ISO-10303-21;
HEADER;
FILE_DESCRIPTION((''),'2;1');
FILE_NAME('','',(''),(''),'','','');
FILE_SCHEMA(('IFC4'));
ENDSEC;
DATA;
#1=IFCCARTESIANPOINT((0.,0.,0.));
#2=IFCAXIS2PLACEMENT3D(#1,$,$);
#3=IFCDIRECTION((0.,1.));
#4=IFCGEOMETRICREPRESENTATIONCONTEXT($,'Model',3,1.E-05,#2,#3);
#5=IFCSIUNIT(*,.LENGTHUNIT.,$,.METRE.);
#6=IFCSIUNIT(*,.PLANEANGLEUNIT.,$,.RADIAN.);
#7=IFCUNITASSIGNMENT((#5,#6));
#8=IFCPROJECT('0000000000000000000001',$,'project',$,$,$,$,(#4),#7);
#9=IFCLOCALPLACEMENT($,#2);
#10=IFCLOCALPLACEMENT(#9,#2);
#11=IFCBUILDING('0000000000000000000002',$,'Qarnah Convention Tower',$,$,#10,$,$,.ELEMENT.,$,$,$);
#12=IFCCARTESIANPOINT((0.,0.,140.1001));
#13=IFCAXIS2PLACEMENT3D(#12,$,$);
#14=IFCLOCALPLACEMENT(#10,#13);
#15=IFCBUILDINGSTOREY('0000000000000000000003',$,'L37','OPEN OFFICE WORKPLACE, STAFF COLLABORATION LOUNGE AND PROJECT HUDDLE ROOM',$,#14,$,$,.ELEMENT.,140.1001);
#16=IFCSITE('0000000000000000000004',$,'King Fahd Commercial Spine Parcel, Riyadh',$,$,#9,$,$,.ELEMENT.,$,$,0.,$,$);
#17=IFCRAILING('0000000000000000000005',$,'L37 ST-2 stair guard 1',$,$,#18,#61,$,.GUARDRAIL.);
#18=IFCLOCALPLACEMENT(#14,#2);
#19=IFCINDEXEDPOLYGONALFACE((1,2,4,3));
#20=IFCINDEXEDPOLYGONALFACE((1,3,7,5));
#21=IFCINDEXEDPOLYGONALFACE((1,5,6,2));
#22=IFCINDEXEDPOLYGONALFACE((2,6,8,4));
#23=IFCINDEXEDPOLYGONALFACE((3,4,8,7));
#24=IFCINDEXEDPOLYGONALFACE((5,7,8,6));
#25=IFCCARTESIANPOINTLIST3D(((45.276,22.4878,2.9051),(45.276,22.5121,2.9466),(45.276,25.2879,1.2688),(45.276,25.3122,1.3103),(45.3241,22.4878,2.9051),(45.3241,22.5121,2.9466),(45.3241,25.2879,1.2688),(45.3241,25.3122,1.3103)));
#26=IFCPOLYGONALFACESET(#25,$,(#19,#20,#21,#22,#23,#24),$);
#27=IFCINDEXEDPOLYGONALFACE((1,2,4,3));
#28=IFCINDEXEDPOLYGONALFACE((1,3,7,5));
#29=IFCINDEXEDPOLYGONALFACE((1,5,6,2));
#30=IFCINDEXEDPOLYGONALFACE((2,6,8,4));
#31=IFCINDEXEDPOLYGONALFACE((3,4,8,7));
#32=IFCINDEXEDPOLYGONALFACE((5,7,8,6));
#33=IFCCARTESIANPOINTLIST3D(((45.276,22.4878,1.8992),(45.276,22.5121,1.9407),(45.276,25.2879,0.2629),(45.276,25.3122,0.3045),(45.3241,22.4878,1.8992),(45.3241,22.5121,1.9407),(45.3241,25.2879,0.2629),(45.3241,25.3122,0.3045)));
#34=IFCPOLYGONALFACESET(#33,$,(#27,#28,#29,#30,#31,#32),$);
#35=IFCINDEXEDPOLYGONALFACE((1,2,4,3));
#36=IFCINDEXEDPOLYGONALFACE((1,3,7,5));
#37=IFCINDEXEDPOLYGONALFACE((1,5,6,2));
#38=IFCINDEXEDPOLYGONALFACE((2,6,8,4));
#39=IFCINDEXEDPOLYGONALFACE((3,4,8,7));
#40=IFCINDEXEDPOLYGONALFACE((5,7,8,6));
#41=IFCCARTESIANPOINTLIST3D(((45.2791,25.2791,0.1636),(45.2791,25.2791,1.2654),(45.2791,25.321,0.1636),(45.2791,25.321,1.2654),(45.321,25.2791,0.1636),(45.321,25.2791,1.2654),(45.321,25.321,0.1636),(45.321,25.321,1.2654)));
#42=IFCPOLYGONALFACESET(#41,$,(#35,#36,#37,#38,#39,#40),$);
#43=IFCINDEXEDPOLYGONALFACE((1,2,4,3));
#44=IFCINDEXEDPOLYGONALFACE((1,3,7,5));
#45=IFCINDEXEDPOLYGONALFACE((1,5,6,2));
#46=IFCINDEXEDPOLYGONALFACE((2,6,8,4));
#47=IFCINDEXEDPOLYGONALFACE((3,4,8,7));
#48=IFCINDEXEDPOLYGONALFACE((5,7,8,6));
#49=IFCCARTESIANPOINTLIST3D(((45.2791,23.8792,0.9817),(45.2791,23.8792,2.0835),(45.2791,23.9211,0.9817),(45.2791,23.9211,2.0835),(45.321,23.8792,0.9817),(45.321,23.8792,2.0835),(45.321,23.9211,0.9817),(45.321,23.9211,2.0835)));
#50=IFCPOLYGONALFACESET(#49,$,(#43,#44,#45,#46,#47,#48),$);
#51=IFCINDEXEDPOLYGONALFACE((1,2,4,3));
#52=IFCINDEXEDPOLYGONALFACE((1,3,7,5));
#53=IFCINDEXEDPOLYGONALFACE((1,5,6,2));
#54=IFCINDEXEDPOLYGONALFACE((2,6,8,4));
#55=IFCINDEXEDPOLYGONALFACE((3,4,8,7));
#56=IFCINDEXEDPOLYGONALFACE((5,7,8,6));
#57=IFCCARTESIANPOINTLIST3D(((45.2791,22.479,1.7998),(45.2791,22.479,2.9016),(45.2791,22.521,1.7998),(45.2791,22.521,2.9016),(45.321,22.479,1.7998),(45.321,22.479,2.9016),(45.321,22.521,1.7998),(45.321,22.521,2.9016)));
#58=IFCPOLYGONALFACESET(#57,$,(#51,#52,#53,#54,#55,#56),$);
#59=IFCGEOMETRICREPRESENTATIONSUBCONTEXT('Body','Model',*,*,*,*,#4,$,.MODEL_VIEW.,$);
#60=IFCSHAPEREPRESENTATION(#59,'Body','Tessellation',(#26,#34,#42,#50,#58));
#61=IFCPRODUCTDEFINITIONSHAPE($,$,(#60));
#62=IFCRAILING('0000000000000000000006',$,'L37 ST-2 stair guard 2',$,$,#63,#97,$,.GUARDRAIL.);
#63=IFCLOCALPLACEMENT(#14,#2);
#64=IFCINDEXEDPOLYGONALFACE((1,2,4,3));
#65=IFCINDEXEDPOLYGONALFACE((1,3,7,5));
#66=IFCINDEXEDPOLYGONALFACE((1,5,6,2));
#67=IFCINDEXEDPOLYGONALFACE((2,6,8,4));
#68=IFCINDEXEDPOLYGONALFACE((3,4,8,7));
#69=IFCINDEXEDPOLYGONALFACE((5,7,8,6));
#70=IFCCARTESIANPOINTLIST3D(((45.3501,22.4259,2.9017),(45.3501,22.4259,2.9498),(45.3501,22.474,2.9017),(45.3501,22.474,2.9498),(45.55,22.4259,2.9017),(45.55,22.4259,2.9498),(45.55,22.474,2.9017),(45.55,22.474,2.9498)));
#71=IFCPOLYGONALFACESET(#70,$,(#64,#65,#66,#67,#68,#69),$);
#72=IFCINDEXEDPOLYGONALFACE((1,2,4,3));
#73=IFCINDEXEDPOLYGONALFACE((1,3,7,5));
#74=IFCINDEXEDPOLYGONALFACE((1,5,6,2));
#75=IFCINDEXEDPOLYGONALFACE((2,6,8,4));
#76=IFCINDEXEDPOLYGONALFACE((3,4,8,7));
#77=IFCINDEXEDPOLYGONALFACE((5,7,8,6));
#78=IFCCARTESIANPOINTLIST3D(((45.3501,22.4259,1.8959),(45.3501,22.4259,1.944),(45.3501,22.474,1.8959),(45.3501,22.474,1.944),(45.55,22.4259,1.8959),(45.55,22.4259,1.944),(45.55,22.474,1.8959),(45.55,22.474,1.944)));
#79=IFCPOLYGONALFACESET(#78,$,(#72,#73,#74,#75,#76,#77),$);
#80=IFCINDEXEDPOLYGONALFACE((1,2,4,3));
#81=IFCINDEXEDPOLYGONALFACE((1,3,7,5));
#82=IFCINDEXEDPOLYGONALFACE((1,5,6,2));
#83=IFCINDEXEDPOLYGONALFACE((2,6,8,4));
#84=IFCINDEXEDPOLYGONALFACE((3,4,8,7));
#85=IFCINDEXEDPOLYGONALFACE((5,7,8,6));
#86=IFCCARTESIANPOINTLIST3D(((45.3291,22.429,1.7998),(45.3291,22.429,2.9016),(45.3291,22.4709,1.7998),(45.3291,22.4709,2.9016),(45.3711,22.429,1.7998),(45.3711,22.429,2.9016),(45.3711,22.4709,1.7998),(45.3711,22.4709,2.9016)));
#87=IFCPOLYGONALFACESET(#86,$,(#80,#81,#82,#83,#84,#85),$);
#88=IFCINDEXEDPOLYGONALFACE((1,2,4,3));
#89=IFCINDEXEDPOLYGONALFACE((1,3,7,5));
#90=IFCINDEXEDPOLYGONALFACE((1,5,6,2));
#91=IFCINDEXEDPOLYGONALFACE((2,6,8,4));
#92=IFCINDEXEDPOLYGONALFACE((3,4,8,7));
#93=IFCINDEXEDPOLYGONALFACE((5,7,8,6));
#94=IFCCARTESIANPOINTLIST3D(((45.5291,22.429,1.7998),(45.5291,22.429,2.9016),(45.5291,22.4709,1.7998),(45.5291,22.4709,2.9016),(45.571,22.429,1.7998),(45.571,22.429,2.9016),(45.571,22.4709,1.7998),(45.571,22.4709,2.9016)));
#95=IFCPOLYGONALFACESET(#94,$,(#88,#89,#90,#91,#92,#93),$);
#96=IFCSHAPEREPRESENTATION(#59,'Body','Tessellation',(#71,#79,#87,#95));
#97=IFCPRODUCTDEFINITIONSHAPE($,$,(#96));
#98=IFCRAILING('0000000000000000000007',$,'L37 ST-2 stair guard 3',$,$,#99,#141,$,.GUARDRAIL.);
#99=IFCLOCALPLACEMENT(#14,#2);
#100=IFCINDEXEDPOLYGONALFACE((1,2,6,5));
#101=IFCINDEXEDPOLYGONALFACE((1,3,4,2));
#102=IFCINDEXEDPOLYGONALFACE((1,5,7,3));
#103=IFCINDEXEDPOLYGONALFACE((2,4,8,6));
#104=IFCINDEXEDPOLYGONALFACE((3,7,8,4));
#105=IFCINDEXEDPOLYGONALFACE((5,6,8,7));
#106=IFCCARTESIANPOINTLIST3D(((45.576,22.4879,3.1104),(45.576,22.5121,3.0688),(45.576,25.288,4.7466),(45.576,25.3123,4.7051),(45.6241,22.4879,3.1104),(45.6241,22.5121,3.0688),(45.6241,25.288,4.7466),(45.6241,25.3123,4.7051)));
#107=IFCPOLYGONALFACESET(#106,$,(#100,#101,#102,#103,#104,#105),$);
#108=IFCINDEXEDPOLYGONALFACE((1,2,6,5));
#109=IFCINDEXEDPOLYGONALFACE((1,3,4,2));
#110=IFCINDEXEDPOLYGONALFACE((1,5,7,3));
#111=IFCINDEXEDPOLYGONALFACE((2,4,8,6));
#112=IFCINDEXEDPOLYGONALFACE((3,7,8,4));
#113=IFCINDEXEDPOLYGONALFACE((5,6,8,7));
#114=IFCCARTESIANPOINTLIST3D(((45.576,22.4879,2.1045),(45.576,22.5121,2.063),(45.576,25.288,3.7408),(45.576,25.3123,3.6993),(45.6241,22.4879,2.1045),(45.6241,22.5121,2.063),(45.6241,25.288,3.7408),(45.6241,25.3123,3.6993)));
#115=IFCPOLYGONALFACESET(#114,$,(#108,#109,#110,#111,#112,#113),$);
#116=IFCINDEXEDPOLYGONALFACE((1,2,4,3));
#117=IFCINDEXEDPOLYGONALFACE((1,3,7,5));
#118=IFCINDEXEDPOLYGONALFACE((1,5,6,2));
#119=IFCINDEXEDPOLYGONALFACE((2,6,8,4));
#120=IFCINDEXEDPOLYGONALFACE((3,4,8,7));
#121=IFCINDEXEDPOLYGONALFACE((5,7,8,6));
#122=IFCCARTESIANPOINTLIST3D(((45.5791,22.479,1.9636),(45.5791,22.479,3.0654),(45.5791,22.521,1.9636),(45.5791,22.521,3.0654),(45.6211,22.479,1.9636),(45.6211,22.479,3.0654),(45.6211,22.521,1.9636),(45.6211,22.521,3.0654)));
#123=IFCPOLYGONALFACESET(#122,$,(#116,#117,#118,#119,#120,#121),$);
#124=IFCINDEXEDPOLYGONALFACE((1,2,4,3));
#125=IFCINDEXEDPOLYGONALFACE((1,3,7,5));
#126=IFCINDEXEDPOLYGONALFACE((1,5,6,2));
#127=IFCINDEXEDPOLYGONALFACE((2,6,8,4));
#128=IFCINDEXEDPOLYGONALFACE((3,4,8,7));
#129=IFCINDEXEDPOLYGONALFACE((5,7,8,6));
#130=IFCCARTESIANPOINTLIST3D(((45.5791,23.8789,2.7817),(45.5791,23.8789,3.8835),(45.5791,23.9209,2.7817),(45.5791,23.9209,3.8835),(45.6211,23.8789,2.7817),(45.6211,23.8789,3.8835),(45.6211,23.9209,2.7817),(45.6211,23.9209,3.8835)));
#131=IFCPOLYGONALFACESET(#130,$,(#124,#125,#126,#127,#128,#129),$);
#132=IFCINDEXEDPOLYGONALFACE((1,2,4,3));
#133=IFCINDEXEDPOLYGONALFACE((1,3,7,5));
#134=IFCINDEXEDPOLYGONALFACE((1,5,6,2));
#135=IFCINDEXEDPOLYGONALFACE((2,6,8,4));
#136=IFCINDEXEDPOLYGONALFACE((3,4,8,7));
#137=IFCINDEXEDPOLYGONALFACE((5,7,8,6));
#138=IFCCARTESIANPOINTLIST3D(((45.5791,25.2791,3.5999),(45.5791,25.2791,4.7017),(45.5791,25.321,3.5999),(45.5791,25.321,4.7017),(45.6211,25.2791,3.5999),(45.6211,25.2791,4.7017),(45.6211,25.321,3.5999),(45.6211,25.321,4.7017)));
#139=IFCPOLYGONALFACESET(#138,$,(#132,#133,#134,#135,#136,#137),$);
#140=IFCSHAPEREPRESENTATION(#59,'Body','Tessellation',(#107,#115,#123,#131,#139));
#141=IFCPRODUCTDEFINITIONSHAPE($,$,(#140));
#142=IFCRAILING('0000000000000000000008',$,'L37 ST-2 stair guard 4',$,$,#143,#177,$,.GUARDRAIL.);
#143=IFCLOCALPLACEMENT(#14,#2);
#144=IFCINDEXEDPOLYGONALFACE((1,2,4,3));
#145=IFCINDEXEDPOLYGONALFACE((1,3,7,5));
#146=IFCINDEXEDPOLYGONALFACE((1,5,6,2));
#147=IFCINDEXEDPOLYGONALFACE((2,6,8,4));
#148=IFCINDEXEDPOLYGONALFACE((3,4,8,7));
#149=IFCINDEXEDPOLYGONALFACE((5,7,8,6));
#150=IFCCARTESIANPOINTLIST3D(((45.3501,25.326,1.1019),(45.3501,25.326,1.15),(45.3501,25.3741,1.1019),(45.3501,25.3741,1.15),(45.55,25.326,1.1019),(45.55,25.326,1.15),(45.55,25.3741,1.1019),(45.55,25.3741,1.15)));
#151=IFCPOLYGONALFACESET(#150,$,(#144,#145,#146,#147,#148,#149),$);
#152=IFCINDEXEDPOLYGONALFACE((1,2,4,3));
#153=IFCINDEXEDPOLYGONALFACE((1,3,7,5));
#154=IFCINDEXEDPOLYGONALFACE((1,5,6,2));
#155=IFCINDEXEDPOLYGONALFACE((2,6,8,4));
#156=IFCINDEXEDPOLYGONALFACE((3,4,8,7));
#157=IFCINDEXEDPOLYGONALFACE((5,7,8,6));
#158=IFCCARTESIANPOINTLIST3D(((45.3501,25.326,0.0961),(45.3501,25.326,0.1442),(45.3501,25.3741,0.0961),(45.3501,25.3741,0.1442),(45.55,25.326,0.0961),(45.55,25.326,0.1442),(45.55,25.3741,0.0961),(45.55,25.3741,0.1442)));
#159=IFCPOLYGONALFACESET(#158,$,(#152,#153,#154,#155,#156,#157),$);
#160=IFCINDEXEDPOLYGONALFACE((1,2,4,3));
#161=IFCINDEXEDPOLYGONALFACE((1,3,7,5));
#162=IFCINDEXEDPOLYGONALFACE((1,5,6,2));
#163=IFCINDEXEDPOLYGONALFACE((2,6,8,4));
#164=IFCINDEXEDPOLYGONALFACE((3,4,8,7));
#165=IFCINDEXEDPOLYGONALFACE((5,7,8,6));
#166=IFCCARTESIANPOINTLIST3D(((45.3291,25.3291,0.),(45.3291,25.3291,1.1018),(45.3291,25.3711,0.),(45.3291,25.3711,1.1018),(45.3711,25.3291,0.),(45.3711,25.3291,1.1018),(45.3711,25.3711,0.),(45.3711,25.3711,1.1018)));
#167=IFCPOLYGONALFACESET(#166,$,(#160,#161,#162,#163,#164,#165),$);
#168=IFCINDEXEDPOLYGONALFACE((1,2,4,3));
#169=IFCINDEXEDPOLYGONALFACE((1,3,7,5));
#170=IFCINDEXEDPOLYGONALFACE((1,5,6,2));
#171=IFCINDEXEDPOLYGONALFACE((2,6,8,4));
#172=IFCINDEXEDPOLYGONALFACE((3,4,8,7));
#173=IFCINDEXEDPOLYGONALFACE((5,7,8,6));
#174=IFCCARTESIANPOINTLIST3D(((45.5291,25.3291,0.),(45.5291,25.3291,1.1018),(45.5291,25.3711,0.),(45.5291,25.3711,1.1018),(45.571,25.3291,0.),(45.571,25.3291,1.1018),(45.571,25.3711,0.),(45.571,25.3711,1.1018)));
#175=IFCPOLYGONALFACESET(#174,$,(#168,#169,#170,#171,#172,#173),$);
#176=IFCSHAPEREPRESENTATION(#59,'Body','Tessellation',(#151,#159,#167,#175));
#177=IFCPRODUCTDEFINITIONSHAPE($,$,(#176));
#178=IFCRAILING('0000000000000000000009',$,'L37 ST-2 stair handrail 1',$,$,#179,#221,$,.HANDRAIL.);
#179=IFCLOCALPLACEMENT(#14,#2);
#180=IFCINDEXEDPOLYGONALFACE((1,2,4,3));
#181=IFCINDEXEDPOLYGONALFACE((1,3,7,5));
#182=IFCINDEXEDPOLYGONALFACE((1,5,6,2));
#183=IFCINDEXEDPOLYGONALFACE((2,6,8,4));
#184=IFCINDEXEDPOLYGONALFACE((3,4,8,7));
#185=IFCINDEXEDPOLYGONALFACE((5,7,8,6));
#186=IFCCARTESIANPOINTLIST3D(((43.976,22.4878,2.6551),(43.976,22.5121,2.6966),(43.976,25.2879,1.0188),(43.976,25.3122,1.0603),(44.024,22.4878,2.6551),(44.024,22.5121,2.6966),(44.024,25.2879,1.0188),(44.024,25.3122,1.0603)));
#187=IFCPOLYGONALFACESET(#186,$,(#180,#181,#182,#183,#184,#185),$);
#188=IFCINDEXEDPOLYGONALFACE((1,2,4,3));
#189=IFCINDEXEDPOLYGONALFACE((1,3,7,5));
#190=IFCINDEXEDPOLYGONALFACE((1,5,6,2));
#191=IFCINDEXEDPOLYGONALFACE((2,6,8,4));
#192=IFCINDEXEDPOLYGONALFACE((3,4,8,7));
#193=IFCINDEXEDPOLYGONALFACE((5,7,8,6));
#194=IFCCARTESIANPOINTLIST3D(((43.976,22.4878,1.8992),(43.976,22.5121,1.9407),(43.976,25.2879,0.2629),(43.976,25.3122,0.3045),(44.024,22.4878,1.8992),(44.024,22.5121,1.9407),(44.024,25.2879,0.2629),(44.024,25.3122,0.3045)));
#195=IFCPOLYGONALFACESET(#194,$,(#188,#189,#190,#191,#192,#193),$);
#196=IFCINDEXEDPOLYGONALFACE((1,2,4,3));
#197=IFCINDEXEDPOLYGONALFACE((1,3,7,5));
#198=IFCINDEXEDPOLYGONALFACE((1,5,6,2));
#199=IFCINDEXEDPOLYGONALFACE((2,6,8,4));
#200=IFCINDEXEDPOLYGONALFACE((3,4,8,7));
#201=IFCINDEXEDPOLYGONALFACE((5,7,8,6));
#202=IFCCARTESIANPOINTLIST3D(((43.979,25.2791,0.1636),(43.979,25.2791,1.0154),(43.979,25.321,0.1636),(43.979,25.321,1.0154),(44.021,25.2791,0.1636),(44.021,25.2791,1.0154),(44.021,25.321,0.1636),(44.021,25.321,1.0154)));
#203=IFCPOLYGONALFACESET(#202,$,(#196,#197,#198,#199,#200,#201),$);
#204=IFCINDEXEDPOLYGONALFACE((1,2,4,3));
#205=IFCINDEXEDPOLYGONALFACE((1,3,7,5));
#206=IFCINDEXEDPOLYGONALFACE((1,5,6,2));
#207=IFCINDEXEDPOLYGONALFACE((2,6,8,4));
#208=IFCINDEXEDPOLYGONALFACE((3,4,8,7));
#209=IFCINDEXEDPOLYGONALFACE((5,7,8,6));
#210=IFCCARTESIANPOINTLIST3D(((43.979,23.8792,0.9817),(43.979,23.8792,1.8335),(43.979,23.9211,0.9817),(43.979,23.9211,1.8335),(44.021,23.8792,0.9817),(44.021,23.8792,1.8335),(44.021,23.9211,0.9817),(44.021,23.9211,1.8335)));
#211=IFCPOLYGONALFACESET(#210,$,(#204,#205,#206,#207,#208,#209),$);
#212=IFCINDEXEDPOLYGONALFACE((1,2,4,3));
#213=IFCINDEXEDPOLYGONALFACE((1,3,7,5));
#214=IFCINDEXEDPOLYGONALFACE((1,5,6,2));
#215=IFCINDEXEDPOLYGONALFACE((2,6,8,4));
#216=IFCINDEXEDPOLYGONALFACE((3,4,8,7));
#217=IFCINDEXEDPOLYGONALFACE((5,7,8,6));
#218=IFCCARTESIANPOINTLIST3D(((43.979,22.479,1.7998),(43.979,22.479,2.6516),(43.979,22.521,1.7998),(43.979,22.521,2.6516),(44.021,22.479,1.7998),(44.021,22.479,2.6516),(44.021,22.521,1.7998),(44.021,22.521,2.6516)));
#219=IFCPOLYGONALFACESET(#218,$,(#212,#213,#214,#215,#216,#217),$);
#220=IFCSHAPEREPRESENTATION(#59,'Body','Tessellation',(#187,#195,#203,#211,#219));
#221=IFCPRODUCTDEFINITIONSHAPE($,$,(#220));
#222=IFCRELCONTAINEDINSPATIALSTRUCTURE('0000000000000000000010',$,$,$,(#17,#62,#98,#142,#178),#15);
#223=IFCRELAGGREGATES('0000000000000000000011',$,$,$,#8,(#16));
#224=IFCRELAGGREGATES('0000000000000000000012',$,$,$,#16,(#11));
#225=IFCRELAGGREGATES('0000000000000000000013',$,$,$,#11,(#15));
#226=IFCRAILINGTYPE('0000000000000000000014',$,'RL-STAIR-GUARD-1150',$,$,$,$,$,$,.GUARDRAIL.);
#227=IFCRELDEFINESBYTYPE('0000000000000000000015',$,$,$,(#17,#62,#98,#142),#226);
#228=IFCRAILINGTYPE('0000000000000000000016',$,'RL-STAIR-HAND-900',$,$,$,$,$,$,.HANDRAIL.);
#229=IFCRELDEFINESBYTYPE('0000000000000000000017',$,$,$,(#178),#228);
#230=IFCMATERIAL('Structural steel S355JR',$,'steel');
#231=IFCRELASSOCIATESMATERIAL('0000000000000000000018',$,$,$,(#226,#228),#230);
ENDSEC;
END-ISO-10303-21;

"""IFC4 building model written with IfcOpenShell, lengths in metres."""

from ifc_helpers import new_model, si_unit, direction, frame, origin, origin_2d, place, context, subcontext, project, spatial, rectangle, extrude, material, type_object, element, save


model = new_model("IFC4")

# Units and contexts
model_context = context("Model", 3, precision=1e-05, world=origin(), true_north=direction((0.0, 1.0)))
body_context = subcontext(model_context, "Body", "Model", "MODEL_VIEW")
ifc_project = project(units=[si_unit("LENGTHUNIT", "METRE"), si_unit("PLANEANGLEUNIT", "RADIAN")], contexts=[model_context])

# Site, building, storey
site_placement = place(None, origin())
site = spatial("IfcSite", under=ifc_project, at=site_placement, Name="King Fahd Commercial Spine Parcel, Riyadh", CompositionType="ELEMENT", RefElevation=0.0)
building_placement = place(site_placement, origin())
building = spatial("IfcBuilding", under=site, at=building_placement, Name="Qarnah Convention Tower", CompositionType="ELEMENT")
storey_placement = place(building_placement, frame((0.0, 0.0, 140.1001)))
storey = spatial("IfcBuildingStorey", under=building, at=storey_placement, Name="L37", Description="OPEN OFFICE WORKPLACE, STAFF COLLABORATION LOUNGE AND PROJECT HUDDLE ROOM", CompositionType="ELEMENT", Elevation=140.1001)

# Shared definitions
ifc_material_1 = material(Name="Structural steel S355JR", Category="steel")

# Railings
railing_type_1 = type_object("IfcRailingType", Name="RL-STAIR-GUARD-1150", PredefinedType="GUARDRAIL", material=ifc_material_1)
railing_1_placement = place(storey_placement, frame((45.3, 25.3, 0.1636)))
element("IfcRailing", 1, at=railing_1_placement, inside=storey, type_object=railing_type_1, Name="L37 ST-2 stair guard 1", PredefinedType="GUARDRAIL", context=body_context, shape_type="SweptSolid", body=[
    extrude(rectangle(XDim=0.0481, YDim=0.0481, at=origin_2d()), frame((0.0, 0.0, 1.126), z_axis=(0.0, -0.863394, 0.504531), x_axis=(1.0, 0.0, 0.0)), (0.0, 0.0, 1.0), 3.2432),
    extrude(rectangle(XDim=0.0481, YDim=0.0481, at=origin_2d()), frame((0.0, 0.0, 0.1201), z_axis=(0.0, -0.863394, 0.504531), x_axis=(1.0, 0.0, 0.0)), (0.0, 0.0, 1.0), 3.2432),
    extrude(rectangle(XDim=0.042, YDim=0.042, at=origin_2d()), origin(), (0.0, 0.0, 1.0), 1.1018),
    extrude(rectangle(XDim=0.042, YDim=0.042, at=origin_2d()), frame((0.0, -1.3999, 0.8181)), (0.0, 0.0, 1.0), 1.1018),
    extrude(rectangle(XDim=0.042, YDim=0.042, at=origin_2d()), frame((0.0, -2.8, 1.6362)), (0.0, 0.0, 1.0), 1.1018),
])
railing_2_placement = place(storey_placement, frame((45.3501, 22.45, 1.7998)))
element("IfcRailing", 2, at=railing_2_placement, inside=storey, type_object=railing_type_1, Name="L37 ST-2 stair guard 2", PredefinedType="GUARDRAIL", context=body_context, shape_type="SweptSolid", body=[
    extrude(rectangle(XDim=0.0481, YDim=0.0481, at=origin_2d()), frame((0.0, 0.0, 1.126), z_axis=(1.0, 0.0, 0.0), x_axis=(0.0, 1.0, 0.0)), (0.0, 0.0, 1.0), 0.2),
    extrude(rectangle(XDim=0.0481, YDim=0.0481, at=origin_2d()), frame((0.0, 0.0, 0.1201), z_axis=(1.0, 0.0, 0.0), x_axis=(0.0, 1.0, 0.0)), (0.0, 0.0, 1.0), 0.2),
    extrude(rectangle(XDim=0.042, YDim=0.042, at=origin_2d()), origin(), (0.0, 0.0, 1.0), 1.1018),
    extrude(rectangle(XDim=0.042, YDim=0.042, at=origin_2d()), frame((0.2, 0.0, 0.0)), (0.0, 0.0, 1.0), 1.1018),
])
railing_3_placement = place(storey_placement, frame((45.6001, 22.5, 1.9636)))
element("IfcRailing", 3, at=railing_3_placement, inside=storey, type_object=railing_type_1, Name="L37 ST-2 stair guard 3", PredefinedType="GUARDRAIL", context=body_context, shape_type="SweptSolid", body=[
    extrude(rectangle(XDim=0.0481, YDim=0.0481, at=origin_2d()), frame((0.0, 0.0, 1.126), z_axis=(0.0, 0.863394, 0.504531), x_axis=(-1.0, 0.0, 0.0)), (0.0, 0.0, 1.0), 3.2432),
    extrude(rectangle(XDim=0.0481, YDim=0.0481, at=origin_2d()), frame((0.0, 0.0, 0.1201), z_axis=(0.0, 0.863394, 0.504531), x_axis=(-1.0, 0.0, 0.0)), (0.0, 0.0, 1.0), 3.2432),
    extrude(rectangle(XDim=0.042, YDim=0.042, at=origin_2d()), origin(), (0.0, 0.0, 1.0), 1.1018),
    extrude(rectangle(XDim=0.042, YDim=0.042, at=origin_2d()), frame((0.0, 1.3999, 0.8181)), (0.0, 0.0, 1.0), 1.1018),
    extrude(rectangle(XDim=0.042, YDim=0.042, at=origin_2d()), frame((0.0, 2.8, 1.6362)), (0.0, 0.0, 1.0), 1.1018),
])
railing_4_placement = place(storey_placement, frame((45.3501, 25.3501, 0.0)))
element("IfcRailing", 4, at=railing_4_placement, inside=storey, type_object=railing_type_1, Name="L37 ST-2 stair guard 4", PredefinedType="GUARDRAIL", context=body_context, shape_type="SweptSolid", body=[
    extrude(rectangle(XDim=0.0481, YDim=0.0481, at=origin_2d()), frame((0.0, 0.0, 1.126), z_axis=(1.0, 0.0, 0.0), x_axis=(0.0, 1.0, 0.0)), (0.0, 0.0, 1.0), 0.2),
    extrude(rectangle(XDim=0.0481, YDim=0.0481, at=origin_2d()), frame((0.0, 0.0, 0.1201), z_axis=(1.0, 0.0, 0.0), x_axis=(0.0, 1.0, 0.0)), (0.0, 0.0, 1.0), 0.2),
    extrude(rectangle(XDim=0.042, YDim=0.042, at=origin_2d()), origin(), (0.0, 0.0, 1.0), 1.1018),
    extrude(rectangle(XDim=0.042, YDim=0.042, at=origin_2d()), frame((0.2, 0.0, 0.0)), (0.0, 0.0, 1.0), 1.1018),
])
railing_type_2 = type_object("IfcRailingType", Name="RL-STAIR-HAND-900", PredefinedType="HANDRAIL", material=ifc_material_1)
railing_5_placement = place(storey_placement, frame((44.0, 25.3, 0.1636)))
element("IfcRailing", 5, at=railing_5_placement, inside=storey, type_object=railing_type_2, Name="L37 ST-2 stair handrail 1", PredefinedType="HANDRAIL", context=body_context, shape_type="SweptSolid", body=[
    extrude(rectangle(XDim=0.0481, YDim=0.0481, at=origin_2d()), frame((0.0, 0.0, 0.876), z_axis=(0.0, -0.863394, 0.504531), x_axis=(1.0, 0.0, 0.0)), (0.0, 0.0, 1.0), 3.2432),
    extrude(rectangle(XDim=0.0481, YDim=0.0481, at=origin_2d()), frame((0.0, 0.0, 0.1201), z_axis=(0.0, -0.863394, 0.504531), x_axis=(1.0, 0.0, 0.0)), (0.0, 0.0, 1.0), 3.2432),
    extrude(rectangle(XDim=0.042, YDim=0.042, at=origin_2d()), origin(), (0.0, 0.0, 1.0), 0.8518),
    extrude(rectangle(XDim=0.042, YDim=0.042, at=origin_2d()), frame((0.0, -1.3999, 0.8181)), (0.0, 0.0, 1.0), 0.8518),
    extrude(rectangle(XDim=0.042, YDim=0.042, at=origin_2d()), frame((0.0, -2.8, 1.6362)), (0.0, 0.0, 1.0), 0.8518),
])

save(model, "model.ifc")
